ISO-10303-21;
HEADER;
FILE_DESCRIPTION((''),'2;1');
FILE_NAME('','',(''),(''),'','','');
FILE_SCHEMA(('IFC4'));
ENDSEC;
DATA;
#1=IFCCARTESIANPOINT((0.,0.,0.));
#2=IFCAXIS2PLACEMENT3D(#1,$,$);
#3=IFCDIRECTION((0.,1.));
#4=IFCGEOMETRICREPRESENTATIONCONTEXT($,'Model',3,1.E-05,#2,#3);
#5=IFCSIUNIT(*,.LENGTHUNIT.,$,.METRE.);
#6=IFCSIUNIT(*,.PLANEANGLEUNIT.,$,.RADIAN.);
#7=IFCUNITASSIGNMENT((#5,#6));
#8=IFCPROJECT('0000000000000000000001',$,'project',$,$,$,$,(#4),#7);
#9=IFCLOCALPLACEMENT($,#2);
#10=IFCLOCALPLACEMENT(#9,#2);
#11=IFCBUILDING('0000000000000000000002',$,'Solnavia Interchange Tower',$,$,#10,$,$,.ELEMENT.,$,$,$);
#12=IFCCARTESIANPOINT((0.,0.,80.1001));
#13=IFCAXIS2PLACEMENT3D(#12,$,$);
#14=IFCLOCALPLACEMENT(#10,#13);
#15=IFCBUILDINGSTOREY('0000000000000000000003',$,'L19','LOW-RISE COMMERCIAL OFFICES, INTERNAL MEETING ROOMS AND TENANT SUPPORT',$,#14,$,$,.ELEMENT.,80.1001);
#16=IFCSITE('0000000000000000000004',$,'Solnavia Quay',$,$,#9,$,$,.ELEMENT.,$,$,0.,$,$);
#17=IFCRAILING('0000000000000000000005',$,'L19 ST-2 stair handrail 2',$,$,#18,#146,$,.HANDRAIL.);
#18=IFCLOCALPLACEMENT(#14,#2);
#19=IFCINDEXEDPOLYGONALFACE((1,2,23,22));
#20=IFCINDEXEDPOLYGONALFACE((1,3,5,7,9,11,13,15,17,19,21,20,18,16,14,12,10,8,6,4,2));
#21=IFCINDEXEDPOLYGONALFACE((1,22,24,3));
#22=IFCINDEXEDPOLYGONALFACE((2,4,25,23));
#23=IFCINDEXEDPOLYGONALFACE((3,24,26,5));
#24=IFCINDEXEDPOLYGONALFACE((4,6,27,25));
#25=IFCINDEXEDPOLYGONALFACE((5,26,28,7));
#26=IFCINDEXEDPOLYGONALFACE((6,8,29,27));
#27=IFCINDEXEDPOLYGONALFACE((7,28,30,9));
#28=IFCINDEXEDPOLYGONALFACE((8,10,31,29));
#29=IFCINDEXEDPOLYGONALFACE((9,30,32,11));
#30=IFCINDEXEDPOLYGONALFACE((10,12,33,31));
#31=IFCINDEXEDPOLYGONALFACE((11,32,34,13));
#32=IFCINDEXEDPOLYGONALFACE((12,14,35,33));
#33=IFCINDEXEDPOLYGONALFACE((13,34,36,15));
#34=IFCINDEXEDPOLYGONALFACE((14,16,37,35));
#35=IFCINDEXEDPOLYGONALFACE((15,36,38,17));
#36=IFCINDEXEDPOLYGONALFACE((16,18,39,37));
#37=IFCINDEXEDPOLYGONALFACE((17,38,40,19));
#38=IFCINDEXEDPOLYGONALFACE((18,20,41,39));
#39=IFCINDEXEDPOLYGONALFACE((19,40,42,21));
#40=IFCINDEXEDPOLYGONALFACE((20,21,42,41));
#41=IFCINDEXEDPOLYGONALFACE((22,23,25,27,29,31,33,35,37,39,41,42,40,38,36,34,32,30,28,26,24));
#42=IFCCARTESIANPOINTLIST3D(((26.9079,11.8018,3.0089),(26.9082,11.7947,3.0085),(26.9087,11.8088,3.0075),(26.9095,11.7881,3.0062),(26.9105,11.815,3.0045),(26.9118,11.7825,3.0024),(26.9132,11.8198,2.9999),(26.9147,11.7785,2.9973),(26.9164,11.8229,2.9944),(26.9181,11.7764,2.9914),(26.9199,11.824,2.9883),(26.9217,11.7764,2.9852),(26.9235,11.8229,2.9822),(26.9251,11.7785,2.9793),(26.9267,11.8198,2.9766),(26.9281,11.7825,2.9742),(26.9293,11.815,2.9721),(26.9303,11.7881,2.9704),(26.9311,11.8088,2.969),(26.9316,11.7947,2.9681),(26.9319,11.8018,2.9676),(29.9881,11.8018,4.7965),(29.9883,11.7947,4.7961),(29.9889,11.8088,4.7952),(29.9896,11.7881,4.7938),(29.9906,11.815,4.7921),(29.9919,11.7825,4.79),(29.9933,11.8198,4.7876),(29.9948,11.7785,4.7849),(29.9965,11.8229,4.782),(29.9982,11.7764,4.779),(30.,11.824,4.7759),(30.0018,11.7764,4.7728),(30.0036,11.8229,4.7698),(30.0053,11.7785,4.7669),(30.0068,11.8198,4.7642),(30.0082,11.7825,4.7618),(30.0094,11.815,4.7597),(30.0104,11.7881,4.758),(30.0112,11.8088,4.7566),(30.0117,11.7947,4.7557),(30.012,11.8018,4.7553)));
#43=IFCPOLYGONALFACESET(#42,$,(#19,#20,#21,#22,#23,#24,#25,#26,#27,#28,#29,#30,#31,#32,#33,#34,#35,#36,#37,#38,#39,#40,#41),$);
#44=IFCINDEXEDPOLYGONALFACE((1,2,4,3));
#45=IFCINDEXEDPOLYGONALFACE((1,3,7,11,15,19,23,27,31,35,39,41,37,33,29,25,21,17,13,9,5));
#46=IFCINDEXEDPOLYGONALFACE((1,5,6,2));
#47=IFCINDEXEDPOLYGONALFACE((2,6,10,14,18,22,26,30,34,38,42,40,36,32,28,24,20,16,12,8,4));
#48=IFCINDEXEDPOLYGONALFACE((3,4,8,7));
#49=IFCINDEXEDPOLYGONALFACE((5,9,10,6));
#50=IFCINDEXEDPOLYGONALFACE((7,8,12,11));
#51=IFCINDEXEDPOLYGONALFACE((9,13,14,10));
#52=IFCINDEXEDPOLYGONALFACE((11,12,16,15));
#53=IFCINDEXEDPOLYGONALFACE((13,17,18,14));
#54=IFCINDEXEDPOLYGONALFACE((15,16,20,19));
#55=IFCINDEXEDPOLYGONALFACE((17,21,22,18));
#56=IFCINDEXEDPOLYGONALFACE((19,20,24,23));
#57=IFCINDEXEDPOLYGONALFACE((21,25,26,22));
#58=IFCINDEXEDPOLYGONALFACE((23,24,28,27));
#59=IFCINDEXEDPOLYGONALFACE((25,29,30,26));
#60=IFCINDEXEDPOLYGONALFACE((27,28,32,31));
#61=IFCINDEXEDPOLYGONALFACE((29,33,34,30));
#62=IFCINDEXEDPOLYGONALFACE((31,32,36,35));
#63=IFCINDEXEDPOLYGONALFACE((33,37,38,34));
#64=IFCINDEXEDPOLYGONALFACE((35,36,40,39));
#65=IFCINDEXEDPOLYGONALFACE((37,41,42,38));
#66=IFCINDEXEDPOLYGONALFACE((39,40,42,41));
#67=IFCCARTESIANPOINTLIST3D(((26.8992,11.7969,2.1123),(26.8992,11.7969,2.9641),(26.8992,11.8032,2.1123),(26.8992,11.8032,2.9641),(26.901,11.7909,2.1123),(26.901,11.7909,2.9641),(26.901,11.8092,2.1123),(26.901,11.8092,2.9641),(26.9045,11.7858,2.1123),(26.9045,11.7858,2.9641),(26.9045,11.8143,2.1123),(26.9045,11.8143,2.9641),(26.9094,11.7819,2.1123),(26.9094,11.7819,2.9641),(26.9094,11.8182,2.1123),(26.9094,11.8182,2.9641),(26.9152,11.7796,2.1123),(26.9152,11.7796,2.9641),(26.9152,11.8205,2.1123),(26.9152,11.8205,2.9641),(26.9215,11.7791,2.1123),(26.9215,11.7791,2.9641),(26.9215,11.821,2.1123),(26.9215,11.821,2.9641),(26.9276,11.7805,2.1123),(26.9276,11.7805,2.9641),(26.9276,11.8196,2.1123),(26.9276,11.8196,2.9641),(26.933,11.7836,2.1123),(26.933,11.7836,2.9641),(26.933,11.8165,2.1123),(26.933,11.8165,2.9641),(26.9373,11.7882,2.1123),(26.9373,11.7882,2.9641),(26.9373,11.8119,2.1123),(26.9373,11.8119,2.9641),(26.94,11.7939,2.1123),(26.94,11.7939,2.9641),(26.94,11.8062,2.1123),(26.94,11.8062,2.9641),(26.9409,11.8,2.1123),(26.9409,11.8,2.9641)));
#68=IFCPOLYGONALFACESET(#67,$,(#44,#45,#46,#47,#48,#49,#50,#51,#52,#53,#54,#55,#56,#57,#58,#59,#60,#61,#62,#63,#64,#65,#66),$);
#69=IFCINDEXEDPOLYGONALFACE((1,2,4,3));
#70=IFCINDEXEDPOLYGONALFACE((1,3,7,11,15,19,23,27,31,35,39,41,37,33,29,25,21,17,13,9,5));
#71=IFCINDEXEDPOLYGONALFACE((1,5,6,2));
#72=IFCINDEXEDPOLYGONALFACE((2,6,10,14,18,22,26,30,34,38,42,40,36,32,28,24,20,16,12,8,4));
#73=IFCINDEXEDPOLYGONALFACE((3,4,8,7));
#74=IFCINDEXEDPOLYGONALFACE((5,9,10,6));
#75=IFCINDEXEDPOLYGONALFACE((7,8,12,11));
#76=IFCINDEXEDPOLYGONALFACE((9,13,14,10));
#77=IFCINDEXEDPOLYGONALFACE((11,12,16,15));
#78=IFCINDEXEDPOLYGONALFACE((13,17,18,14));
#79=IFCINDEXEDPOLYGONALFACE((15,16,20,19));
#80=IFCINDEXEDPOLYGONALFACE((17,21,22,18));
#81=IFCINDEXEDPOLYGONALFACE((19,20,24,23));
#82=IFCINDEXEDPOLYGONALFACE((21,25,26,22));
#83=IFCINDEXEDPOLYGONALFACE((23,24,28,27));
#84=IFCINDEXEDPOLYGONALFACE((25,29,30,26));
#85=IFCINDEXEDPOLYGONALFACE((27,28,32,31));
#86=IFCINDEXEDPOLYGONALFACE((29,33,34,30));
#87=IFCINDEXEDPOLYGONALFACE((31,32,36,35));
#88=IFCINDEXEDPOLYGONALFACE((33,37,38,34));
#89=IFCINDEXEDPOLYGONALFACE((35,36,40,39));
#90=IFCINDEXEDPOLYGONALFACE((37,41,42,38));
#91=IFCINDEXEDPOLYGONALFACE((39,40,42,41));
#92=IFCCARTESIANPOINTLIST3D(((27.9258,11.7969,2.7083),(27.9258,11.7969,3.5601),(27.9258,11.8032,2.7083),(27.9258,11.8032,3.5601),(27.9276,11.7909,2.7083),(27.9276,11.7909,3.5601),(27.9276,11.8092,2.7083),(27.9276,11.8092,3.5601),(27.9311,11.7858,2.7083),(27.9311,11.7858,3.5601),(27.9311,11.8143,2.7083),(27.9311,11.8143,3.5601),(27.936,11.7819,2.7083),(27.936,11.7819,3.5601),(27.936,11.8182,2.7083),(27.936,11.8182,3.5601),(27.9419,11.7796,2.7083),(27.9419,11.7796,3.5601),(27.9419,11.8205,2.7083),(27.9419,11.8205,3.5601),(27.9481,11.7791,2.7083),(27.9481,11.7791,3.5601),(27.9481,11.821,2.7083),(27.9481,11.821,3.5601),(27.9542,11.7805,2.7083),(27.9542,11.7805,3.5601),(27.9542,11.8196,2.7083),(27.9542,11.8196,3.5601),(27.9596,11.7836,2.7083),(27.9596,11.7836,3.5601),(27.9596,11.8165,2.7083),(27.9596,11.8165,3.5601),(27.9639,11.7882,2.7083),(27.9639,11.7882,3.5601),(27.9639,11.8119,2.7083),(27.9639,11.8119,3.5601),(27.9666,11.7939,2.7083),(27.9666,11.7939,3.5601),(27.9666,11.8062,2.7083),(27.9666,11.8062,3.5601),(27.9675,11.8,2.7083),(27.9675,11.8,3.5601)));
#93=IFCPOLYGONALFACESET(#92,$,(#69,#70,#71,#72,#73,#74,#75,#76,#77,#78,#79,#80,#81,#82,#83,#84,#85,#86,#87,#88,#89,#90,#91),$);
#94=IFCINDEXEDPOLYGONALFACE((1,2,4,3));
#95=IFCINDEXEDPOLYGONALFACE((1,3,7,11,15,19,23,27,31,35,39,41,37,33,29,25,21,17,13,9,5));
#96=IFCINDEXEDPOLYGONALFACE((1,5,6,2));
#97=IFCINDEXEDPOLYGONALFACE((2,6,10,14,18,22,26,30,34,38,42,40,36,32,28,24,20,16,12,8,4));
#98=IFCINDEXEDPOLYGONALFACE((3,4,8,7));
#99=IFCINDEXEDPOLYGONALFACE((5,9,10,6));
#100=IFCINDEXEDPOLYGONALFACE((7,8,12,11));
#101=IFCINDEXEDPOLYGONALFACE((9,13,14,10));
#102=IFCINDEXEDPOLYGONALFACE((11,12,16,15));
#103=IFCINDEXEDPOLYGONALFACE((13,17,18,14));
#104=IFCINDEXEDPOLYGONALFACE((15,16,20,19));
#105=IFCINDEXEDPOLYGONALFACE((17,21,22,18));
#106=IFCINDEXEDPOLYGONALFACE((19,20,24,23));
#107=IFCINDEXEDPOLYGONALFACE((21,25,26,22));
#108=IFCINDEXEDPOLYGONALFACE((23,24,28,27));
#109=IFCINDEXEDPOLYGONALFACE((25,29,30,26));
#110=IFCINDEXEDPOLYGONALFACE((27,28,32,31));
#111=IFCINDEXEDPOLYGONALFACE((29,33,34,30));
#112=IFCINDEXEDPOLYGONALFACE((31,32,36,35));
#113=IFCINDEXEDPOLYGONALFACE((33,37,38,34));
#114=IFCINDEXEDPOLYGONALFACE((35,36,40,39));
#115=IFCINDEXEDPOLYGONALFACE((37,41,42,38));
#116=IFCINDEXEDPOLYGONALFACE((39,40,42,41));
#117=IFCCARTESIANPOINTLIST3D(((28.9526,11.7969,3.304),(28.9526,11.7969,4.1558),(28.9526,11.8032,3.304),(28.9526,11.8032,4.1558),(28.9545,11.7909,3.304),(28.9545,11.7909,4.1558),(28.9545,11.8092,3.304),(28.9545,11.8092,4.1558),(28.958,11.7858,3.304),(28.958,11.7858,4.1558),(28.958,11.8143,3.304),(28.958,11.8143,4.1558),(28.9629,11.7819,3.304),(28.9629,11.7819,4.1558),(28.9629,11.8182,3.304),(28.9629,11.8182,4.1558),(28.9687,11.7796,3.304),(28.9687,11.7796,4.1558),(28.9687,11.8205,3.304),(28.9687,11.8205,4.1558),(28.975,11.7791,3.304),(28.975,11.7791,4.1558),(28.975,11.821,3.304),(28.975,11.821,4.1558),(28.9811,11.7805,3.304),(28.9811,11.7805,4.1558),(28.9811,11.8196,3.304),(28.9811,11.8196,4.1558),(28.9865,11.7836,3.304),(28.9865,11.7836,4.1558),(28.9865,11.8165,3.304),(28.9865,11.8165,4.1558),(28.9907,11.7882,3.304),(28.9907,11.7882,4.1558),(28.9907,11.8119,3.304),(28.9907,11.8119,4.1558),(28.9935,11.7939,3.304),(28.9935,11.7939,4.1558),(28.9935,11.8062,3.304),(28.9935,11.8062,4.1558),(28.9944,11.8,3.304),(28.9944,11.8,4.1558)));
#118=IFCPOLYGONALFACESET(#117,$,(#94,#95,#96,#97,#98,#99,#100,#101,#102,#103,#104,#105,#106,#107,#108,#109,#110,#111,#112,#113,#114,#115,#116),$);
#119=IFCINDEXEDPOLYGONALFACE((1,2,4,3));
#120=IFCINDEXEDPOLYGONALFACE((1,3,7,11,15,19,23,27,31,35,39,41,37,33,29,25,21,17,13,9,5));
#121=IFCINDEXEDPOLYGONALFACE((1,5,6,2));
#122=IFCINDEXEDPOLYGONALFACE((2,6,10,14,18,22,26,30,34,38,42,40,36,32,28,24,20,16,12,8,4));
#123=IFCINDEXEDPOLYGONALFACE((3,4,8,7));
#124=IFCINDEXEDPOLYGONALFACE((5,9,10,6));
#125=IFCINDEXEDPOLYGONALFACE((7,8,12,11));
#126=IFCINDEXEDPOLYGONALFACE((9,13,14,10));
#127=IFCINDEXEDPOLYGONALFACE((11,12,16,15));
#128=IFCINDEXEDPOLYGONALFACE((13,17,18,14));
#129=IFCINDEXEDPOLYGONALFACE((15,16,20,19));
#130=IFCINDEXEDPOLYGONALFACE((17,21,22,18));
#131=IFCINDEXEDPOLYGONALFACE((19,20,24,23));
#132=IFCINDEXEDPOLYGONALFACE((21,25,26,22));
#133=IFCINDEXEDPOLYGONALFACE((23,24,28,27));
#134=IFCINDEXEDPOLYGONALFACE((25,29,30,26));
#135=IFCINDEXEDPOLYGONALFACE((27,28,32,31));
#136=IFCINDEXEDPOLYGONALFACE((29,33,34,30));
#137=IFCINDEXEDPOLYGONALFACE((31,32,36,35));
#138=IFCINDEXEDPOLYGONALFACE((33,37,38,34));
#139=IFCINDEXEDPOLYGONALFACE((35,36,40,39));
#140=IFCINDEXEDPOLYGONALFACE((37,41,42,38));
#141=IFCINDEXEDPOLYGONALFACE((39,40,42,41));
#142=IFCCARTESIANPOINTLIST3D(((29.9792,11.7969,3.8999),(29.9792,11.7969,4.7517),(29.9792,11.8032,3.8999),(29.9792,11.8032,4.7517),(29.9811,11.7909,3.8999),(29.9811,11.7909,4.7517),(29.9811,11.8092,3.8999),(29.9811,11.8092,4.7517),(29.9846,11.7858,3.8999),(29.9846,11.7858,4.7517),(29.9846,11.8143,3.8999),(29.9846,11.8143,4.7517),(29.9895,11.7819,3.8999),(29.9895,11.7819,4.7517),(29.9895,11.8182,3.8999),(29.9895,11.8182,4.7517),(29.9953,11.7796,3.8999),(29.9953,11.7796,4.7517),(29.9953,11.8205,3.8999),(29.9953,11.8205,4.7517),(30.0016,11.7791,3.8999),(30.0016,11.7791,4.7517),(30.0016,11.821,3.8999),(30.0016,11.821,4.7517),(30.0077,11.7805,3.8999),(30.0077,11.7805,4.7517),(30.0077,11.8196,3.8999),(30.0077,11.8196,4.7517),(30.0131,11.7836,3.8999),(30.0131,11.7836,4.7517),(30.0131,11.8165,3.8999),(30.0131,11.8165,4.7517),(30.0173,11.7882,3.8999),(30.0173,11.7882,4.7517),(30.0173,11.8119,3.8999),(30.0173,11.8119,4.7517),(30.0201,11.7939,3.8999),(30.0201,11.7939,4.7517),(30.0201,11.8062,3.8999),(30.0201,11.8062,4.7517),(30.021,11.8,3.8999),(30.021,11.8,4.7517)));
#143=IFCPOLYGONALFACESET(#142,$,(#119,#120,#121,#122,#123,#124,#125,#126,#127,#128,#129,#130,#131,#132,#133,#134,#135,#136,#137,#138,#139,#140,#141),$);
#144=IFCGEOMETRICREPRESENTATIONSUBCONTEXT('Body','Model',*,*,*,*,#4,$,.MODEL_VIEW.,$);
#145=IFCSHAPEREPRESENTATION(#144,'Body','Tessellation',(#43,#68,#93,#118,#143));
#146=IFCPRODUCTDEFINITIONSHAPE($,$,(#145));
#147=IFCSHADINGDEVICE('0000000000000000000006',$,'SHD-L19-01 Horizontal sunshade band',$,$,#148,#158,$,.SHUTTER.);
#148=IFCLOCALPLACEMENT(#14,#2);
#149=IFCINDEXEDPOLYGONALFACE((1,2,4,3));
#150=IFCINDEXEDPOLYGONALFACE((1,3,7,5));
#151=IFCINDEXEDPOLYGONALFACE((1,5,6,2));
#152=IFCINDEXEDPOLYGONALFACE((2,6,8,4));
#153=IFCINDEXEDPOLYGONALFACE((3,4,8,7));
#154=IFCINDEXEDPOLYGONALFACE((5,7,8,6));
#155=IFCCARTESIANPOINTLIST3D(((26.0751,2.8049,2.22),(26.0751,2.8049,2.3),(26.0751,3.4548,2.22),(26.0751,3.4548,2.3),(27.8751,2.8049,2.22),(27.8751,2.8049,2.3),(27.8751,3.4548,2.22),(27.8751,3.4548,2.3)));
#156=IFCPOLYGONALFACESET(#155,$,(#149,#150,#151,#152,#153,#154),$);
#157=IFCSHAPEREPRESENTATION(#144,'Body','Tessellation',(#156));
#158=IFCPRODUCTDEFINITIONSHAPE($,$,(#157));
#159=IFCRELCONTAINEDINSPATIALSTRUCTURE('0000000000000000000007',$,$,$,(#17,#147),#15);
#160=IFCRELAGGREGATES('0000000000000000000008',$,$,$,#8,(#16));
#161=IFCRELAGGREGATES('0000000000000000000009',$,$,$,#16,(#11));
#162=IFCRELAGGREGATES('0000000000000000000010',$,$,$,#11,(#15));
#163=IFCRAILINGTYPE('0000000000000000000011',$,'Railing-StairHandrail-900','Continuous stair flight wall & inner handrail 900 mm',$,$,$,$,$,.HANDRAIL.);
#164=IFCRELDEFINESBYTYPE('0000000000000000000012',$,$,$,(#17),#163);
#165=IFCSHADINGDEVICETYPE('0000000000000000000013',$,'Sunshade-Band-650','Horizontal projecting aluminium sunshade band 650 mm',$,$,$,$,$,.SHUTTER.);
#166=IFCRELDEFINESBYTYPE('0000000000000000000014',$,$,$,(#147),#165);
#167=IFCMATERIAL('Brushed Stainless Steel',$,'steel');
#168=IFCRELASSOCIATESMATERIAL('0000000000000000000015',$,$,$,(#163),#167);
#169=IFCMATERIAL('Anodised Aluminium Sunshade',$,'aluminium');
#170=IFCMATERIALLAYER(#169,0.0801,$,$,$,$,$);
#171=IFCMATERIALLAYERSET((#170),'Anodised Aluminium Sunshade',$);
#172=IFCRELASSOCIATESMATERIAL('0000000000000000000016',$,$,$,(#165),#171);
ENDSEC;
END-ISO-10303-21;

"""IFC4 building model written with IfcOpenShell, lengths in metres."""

from ifc_helpers import new_model, si_unit, direction, frame, origin, origin_2d, place, context, subcontext, project, spatial, rectangle, circle, extrude, material, layer, layer_set, type_object, element, save


model = new_model("IFC4")

# Units and contexts
model_context = context("Model", 3, precision=1e-05, world=origin(), true_north=direction((0.0, 1.0)))
body_context = subcontext(model_context, "Body", "Model", "MODEL_VIEW")
ifc_project = project(units=[si_unit("LENGTHUNIT", "METRE"), si_unit("PLANEANGLEUNIT", "RADIAN")], contexts=[model_context])

# Site, building, storey
site_placement = place(None, origin())
site = spatial("IfcSite", under=ifc_project, at=site_placement, Name="Solnavia Quay", CompositionType="ELEMENT", RefElevation=0.0)
building_placement = place(site_placement, origin())
building = spatial("IfcBuilding", under=site, at=building_placement, Name="Solnavia Interchange Tower", CompositionType="ELEMENT")
storey_placement = place(building_placement, frame((0.0, 0.0, 80.1001)))
storey = spatial("IfcBuildingStorey", under=building, at=storey_placement, Name="L19", Description="LOW-RISE COMMERCIAL OFFICES, INTERNAL MEETING ROOMS AND TENANT SUPPORT", CompositionType="ELEMENT", Elevation=80.1001)

# Railing
ifc_material_1 = material(Name="Brushed Stainless Steel", Category="steel")
railing_type_1 = type_object("IfcRailingType", Name="Railing-StairHandrail-900", Description="Continuous stair flight wall & inner handrail 900 mm", PredefinedType="HANDRAIL", material=ifc_material_1)
railing_1_placement = place(storey_placement, frame((26.9199, 11.8, 2.1123)))
element("IfcRailing", 1, at=railing_1_placement, inside=storey, type_object=railing_type_1, Name="L19 ST-2 stair handrail 2", PredefinedType="HANDRAIL", context=body_context, shape_type="SweptSolid", body=[
    extrude(circle(Radius=0.0239, at=origin_2d()), frame((0.0, 0.0, 0.876), z_axis=(0.864891, 0.0, 0.50196), x_axis=(0.0, 1.0, 0.0)), (0.0, 0.0, 1.0), 3.5613),
    extrude(circle(Radius=0.021, at=origin_2d()), origin(), (0.0, 0.0, 1.0), 0.8518),
    extrude(circle(Radius=0.021, at=origin_2d()), frame((1.0266, 0.0, 0.5959)), (0.0, 0.0, 1.0), 0.8518),
    extrude(circle(Radius=0.021, at=origin_2d()), frame((2.0535, 0.0, 1.1917)), (0.0, 0.0, 1.0), 0.8518),
    extrude(circle(Radius=0.021, at=origin_2d()), frame((3.0801, 0.0, 1.7876)), (0.0, 0.0, 1.0), 0.8518),
])

# Shading device
ifc_material_2 = material(Name="Anodised Aluminium Sunshade", Category="aluminium")
ifc_layer_1 = layer(ifc_material_2, 0.0801)
ifc_layer_set_1 = layer_set([ifc_layer_1], Name="Anodised Aluminium Sunshade")
shading_device_type = type_object("IfcShadingDeviceType", Name="Sunshade-Band-650", Description="Horizontal projecting aluminium sunshade band 650 mm", PredefinedType="SHUTTER", material=ifc_layer_set_1)
shading_device_placement = place(storey_placement, frame((26.9751, 3.1299, 2.22), z_axis=(0.0, 0.0, 1.0), x_axis=(-1.0, 0.0, 0.0)))
element("IfcShadingDevice", 2, at=shading_device_placement, inside=storey, type_object=shading_device_type, Name="SHD-L19-01 Horizontal sunshade band", PredefinedType="SHUTTER", context=body_context, shape_type="SweptSolid", body=[
    extrude(rectangle(XDim=1.8, YDim=0.6499, at=origin_2d()), origin(), (0.0, 0.0, 1.0), 0.0801),
])

save(model, "model.ifc")
